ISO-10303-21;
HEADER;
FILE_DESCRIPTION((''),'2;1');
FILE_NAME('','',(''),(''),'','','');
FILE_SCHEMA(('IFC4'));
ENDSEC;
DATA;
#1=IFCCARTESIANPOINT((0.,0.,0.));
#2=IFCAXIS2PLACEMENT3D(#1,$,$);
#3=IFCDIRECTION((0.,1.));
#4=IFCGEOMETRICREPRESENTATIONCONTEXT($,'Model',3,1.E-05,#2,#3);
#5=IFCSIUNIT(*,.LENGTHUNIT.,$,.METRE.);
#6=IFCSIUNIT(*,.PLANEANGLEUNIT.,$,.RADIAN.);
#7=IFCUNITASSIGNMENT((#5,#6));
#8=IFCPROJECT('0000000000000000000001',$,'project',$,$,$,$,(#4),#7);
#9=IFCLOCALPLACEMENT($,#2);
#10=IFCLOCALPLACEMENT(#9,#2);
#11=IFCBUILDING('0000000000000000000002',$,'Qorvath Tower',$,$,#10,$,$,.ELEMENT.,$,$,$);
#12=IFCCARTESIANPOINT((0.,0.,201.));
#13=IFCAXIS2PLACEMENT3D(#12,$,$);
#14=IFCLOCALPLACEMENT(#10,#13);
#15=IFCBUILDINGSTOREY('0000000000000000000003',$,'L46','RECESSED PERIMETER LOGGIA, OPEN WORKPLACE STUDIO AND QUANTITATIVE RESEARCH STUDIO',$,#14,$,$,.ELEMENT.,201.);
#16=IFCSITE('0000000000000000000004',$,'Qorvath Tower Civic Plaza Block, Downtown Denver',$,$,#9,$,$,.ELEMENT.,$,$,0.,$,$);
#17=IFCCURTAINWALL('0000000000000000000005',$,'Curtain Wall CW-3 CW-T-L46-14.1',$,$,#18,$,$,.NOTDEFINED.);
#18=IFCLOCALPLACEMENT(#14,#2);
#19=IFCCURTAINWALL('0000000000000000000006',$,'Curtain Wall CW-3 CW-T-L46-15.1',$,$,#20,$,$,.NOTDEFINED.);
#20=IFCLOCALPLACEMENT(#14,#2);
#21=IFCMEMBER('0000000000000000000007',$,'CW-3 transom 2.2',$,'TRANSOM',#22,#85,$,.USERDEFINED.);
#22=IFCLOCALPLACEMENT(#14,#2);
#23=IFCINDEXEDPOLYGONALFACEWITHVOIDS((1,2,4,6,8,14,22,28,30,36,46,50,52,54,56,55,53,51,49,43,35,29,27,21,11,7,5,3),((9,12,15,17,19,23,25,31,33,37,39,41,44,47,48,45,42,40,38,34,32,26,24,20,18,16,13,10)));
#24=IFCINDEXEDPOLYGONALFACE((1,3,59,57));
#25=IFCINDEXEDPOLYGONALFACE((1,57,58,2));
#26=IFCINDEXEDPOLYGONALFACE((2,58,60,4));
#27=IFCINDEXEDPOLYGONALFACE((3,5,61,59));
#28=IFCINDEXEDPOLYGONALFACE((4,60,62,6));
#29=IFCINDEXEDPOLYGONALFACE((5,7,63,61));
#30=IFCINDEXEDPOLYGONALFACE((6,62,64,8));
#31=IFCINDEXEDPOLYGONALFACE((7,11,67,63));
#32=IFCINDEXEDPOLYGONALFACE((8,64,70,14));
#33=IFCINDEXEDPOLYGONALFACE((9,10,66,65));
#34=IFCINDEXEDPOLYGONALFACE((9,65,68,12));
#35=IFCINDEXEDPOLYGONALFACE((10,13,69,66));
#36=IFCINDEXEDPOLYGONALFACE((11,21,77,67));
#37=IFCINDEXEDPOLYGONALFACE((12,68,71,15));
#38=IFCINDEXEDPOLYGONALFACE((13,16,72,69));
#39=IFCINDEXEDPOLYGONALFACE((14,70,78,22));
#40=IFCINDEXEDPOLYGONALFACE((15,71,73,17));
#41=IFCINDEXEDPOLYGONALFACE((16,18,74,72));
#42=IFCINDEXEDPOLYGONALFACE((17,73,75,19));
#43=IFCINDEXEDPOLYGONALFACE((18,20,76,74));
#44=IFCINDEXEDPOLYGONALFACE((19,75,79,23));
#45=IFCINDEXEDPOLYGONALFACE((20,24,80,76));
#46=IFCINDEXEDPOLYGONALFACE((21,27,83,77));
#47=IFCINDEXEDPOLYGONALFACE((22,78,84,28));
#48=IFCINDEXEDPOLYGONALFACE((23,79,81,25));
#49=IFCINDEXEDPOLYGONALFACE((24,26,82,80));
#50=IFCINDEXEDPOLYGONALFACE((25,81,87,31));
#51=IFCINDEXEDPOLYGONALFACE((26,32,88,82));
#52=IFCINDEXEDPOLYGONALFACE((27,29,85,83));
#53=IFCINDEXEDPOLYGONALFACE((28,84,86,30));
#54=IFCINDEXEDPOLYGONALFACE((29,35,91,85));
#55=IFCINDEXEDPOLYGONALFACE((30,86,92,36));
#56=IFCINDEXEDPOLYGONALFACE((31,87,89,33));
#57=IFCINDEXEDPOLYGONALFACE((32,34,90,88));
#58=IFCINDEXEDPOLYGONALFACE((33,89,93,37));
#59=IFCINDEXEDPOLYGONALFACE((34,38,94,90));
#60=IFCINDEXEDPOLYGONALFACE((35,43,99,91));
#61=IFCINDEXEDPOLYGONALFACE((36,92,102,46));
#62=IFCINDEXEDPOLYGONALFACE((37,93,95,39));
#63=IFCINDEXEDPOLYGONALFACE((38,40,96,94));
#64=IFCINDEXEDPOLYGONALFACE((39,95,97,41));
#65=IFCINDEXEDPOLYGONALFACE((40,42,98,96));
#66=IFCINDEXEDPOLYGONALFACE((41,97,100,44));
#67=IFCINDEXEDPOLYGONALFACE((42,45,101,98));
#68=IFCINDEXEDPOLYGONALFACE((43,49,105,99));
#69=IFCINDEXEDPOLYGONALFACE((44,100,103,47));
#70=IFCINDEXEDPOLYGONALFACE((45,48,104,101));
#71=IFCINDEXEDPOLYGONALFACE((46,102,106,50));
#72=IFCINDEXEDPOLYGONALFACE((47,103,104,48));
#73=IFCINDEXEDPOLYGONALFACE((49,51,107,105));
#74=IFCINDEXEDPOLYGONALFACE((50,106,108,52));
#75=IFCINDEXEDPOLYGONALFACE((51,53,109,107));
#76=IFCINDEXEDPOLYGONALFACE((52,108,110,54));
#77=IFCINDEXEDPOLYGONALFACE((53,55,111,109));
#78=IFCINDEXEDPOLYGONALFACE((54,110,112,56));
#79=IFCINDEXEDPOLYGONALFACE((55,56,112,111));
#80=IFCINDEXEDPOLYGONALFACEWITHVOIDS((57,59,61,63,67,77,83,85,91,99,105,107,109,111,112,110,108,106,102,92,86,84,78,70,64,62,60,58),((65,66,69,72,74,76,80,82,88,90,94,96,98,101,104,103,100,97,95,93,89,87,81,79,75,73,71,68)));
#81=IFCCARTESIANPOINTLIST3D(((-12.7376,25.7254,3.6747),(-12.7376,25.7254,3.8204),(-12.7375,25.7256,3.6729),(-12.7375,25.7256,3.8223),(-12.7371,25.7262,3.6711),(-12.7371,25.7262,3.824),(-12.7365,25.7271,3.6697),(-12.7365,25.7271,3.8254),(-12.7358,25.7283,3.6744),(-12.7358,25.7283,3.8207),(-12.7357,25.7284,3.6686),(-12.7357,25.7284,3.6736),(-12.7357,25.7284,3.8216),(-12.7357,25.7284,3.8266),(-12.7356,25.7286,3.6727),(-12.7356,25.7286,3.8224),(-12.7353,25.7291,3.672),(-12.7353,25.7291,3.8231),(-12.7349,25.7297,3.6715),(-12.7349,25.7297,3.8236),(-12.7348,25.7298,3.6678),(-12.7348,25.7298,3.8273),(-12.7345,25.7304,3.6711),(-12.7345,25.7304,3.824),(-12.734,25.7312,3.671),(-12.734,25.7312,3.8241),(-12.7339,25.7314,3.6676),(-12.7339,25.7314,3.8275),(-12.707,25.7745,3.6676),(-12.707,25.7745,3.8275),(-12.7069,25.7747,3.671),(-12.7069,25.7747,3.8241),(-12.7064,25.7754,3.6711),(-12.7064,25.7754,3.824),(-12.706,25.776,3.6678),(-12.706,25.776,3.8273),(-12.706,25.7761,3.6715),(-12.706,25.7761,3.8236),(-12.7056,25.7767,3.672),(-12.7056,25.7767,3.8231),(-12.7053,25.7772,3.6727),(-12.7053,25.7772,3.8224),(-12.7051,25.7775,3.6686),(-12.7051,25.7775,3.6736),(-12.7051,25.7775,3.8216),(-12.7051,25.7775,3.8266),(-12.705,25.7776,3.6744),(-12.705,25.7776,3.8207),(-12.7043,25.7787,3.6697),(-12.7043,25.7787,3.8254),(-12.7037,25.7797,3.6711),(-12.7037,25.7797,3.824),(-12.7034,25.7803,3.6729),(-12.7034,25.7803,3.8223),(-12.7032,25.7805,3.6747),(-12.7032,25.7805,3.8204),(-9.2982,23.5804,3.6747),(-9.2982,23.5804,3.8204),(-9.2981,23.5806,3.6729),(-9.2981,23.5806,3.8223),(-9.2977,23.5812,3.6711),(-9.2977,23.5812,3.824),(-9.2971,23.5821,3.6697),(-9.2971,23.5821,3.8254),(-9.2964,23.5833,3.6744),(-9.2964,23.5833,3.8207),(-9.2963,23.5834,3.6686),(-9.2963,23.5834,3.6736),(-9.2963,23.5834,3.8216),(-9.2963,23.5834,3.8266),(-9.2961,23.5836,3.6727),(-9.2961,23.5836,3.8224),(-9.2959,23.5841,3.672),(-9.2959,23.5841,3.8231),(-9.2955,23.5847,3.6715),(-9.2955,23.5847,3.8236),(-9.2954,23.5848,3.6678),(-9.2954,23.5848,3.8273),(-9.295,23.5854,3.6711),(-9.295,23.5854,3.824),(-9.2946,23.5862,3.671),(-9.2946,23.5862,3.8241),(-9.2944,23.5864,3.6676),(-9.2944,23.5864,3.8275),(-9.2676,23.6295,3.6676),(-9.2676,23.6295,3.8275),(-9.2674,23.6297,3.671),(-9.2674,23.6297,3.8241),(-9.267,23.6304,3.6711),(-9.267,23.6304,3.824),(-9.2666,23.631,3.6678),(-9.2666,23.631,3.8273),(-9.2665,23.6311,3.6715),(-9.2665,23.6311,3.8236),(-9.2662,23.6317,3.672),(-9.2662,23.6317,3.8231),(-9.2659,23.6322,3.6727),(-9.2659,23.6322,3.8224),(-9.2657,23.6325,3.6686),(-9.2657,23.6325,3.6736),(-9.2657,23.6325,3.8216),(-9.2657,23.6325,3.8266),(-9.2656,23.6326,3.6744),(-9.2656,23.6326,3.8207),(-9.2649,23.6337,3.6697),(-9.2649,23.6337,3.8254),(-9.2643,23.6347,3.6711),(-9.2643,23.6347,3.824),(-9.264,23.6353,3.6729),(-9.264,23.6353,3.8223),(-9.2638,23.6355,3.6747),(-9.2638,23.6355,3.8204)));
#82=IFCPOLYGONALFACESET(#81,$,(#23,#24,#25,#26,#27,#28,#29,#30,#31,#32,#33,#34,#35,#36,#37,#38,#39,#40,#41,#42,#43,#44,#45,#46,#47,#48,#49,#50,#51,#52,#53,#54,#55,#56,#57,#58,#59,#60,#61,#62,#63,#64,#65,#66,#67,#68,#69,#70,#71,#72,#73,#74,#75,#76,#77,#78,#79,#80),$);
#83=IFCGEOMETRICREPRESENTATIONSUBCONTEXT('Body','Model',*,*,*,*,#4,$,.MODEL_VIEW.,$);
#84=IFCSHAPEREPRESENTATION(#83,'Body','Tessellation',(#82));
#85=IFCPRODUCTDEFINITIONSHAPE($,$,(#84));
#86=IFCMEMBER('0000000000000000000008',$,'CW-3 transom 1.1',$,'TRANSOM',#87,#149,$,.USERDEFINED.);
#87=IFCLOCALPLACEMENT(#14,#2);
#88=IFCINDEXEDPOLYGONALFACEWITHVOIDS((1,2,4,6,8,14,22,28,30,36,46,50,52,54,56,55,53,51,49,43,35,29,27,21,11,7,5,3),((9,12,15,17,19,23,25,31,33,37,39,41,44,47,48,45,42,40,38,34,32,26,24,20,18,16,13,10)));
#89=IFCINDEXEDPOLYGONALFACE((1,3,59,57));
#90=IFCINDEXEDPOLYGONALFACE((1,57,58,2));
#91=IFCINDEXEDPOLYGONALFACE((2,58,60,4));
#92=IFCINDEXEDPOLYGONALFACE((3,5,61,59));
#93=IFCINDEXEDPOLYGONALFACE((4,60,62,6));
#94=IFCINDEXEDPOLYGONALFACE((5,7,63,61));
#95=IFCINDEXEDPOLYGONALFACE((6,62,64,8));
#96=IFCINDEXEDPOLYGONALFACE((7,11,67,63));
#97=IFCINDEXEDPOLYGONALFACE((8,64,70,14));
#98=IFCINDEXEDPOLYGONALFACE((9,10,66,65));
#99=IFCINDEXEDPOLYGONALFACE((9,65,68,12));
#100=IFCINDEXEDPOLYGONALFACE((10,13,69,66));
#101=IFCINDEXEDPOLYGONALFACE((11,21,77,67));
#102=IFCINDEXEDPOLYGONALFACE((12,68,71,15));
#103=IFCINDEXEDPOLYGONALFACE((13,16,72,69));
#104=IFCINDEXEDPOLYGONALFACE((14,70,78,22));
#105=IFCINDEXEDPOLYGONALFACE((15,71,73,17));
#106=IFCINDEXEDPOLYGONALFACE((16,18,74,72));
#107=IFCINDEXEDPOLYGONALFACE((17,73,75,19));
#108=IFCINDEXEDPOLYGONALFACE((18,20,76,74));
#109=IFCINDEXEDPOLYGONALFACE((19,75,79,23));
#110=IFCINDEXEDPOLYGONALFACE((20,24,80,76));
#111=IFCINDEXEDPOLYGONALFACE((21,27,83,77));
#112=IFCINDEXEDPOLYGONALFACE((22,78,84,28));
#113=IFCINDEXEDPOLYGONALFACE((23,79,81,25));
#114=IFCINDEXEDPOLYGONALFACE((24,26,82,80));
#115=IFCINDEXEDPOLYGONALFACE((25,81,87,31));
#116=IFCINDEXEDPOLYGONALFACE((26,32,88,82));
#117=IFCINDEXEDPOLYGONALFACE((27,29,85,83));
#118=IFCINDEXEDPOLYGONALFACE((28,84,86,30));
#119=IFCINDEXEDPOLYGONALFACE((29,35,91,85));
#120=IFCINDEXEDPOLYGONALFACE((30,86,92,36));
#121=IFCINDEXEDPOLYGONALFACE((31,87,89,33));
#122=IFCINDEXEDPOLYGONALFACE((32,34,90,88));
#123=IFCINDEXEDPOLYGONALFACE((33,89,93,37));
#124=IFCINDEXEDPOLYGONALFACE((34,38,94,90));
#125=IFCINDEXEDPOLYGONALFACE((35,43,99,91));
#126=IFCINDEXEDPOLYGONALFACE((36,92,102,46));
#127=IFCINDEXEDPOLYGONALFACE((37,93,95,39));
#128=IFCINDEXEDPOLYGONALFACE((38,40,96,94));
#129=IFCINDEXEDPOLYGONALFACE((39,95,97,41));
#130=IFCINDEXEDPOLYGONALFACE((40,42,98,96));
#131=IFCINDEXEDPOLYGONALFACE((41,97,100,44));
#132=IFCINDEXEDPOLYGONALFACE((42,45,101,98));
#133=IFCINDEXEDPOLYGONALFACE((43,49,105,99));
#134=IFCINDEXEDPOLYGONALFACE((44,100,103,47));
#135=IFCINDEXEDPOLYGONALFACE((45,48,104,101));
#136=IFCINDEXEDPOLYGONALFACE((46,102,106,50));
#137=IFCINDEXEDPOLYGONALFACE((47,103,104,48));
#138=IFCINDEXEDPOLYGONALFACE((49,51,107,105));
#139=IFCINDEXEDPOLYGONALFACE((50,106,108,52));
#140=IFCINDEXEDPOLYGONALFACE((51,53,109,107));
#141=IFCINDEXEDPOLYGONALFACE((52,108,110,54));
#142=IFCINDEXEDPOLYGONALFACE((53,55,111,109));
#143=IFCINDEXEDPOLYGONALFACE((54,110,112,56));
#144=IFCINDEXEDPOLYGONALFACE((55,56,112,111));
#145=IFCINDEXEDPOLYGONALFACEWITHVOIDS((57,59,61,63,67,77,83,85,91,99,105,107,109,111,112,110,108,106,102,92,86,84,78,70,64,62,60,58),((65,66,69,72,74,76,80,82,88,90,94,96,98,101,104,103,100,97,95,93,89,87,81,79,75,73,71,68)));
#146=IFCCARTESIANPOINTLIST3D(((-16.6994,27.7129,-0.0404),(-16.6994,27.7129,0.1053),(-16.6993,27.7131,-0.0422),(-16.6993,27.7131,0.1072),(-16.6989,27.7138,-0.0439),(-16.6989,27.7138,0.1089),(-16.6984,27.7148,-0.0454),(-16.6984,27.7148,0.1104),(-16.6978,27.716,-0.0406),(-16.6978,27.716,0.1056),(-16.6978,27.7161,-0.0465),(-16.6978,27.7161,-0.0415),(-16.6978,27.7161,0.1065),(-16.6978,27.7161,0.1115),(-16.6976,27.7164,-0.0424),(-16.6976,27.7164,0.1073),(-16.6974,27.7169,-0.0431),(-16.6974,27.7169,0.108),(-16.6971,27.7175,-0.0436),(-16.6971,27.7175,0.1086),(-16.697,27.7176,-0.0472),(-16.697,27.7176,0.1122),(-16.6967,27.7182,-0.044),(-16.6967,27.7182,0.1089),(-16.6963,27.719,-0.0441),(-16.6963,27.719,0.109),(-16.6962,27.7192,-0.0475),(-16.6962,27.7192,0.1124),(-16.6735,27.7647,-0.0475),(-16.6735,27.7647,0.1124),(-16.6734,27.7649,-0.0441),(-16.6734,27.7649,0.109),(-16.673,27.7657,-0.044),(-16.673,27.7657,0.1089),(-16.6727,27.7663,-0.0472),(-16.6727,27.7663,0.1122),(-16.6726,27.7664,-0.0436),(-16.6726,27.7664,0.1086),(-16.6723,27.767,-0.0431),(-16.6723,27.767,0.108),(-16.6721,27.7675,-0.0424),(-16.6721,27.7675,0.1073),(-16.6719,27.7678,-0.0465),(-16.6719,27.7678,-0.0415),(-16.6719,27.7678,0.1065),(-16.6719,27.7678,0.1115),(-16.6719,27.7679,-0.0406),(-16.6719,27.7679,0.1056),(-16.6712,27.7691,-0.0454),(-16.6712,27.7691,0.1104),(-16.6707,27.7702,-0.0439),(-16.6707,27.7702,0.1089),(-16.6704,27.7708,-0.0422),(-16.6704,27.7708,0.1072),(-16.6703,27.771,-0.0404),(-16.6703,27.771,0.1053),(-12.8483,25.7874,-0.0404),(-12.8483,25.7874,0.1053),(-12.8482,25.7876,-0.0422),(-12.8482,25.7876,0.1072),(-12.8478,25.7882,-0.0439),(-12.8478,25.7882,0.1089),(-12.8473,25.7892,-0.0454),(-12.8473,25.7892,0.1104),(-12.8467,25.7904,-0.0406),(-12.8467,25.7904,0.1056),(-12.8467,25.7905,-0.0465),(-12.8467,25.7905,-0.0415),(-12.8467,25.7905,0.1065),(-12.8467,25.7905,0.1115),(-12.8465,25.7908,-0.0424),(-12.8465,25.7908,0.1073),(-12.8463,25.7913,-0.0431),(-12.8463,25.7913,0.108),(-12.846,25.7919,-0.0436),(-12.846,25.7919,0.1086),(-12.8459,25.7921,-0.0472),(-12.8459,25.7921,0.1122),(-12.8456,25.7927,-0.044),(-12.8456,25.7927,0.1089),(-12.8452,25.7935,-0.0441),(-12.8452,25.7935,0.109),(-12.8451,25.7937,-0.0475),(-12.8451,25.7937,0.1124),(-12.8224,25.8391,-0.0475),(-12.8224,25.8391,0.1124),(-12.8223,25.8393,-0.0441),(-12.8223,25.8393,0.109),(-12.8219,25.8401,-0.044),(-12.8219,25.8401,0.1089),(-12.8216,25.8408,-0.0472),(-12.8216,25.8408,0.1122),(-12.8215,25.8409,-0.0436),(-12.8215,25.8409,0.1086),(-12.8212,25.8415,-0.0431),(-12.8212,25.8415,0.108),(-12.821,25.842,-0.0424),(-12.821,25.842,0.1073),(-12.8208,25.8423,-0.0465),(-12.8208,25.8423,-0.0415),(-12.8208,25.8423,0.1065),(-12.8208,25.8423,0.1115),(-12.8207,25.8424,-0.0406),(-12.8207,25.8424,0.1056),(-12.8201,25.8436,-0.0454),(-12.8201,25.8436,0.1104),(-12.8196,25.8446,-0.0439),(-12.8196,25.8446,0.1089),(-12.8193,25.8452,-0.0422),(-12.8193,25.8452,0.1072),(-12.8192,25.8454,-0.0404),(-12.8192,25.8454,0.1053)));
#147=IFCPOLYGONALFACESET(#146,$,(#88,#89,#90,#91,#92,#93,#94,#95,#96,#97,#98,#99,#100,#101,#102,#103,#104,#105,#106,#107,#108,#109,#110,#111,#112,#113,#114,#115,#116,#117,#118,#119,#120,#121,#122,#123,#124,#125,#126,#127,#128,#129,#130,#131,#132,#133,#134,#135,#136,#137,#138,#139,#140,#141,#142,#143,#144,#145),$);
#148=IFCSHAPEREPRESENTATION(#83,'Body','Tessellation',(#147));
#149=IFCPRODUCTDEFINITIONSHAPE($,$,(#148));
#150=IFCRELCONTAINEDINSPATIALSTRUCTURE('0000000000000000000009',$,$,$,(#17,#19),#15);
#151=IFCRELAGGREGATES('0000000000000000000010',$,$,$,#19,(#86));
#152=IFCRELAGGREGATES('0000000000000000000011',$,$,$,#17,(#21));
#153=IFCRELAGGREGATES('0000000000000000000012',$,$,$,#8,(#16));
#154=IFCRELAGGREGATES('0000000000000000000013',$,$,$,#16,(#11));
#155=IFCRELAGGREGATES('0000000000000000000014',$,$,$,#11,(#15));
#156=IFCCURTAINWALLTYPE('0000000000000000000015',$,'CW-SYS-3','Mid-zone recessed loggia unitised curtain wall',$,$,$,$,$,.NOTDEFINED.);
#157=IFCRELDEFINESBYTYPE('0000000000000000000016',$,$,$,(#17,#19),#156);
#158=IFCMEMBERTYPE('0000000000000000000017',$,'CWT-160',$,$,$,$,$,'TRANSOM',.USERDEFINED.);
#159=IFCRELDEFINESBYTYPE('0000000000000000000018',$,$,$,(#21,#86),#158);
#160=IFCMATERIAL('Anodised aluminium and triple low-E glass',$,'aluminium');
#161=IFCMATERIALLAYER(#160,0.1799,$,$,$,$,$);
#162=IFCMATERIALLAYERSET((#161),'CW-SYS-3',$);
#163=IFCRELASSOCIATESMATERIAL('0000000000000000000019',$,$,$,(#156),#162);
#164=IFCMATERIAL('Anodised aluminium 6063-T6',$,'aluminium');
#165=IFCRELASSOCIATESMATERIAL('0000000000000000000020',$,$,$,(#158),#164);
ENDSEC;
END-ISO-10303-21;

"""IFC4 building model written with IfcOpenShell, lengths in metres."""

from ifc_helpers import new_model, si_unit, direction, frame, origin, origin_2d, place, context, subcontext, project, spatial, hollow_rectangle, extrude, material, layer, layer_set, material_profile, profile_set, type_object, element, aggregate, save


model = new_model("IFC4")

# Units and contexts
model_context = context("Model", 3, precision=1e-05, world=origin(), true_north=direction((0.0, 1.0)))
body_context = subcontext(model_context, "Body", "Model", "MODEL_VIEW")
ifc_project = project(units=[si_unit("LENGTHUNIT", "METRE"), si_unit("PLANEANGLEUNIT", "RADIAN")], contexts=[model_context])

# Site, building, storey
site_placement = place(None, origin())
site = spatial("IfcSite", under=ifc_project, at=site_placement, Name="Qorvath Tower Civic Plaza Block, Downtown Denver", CompositionType="ELEMENT", RefElevation=0.0)
building_placement = place(site_placement, origin())
building = spatial("IfcBuilding", under=site, at=building_placement, Name="Qorvath Tower", CompositionType="ELEMENT")
storey_placement = place(building_placement, frame((0.0, 0.0, 201.0)))
storey = spatial("IfcBuildingStorey", under=building, at=storey_placement, Name="L46", Description="RECESSED PERIMETER LOGGIA, OPEN WORKPLACE STUDIO AND QUANTITATIVE RESEARCH STUDIO", CompositionType="ELEMENT", Elevation=201.0)

# Shared definitions
ifc_material_1 = material(Name="Anodised aluminium and triple low-E glass", Category="aluminium")
ifc_layer_1 = layer(ifc_material_1, 0.1799)
ifc_layer_set_1 = layer_set([ifc_layer_1], Name="CW-SYS-3")
curtain_wall_type = type_object("IfcCurtainWallType", Name="CW-SYS-3", Description="Mid-zone recessed loggia unitised curtain wall", PredefinedType="NOTDEFINED", material=ifc_layer_set_1)

# Curtain wall
curtain_wall_1_placement = place(storey_placement, origin())
curtain_wall_1 = element("IfcCurtainWall", 1, at=curtain_wall_1_placement, inside=storey, type_object=curtain_wall_type, Name="Curtain Wall CW-3 CW-T-L46-14.1", PredefinedType="NOTDEFINED")

# Curtain wall
curtain_wall_2_placement = place(storey_placement, origin())
curtain_wall_2 = element("IfcCurtainWall", 2, at=curtain_wall_2_placement, inside=storey, type_object=curtain_wall_type, Name="Curtain Wall CW-3 CW-T-L46-15.1", PredefinedType="NOTDEFINED")

# Members
ifc_material_2 = material(Name="Anodised aluminium 6063-T6", Category="aluminium")
ifc_material_profile_1 = material_profile(ifc_material_2, hollow_rectangle(XDim=0.0649, YDim=0.1599, WallThickness=0.0034, InnerFilletRadius=0.0034, OuterFilletRadius=0.0071, at=origin_2d()), Name="CWT 160x65")
ifc_profile_set_1 = profile_set([ifc_material_profile_1], Name="Anodised aluminium 6063-T6")
member_type_1 = type_object("IfcMemberType", Name="CWT-160", ElementType="TRANSOM", PredefinedType="USERDEFINED", material=ifc_profile_set_1)
member_1_placement = place(storey_placement, frame((-9.281, 23.6079, 3.7476), z_axis=(-0.848512, 0.529176, 0.0), x_axis=(-0.529176, -0.848512, 0.0)))
member_1 = element("IfcMember", 3, at=member_1_placement, type_object=member_type_1, Name="CW-3 transom 2.2", ObjectType="TRANSOM", PredefinedType="USERDEFINED", context=body_context, shape_type="SweptSolid", body=[
    extrude(hollow_rectangle(XDim=0.0649, YDim=0.1599, WallThickness=0.0034, InnerFilletRadius=0.0034, OuterFilletRadius=0.0071, at=origin_2d()), origin(), (0.0, 0.0, 1.0), 4.0535),
])
member_2_placement = place(storey_placement, frame((-12.8337, 25.8164, 0.0325), z_axis=(-0.894427, 0.447214, 0.0), x_axis=(-0.447214, -0.894427, 0.0)))
member_2 = element("IfcMember", 4, at=member_2_placement, type_object=member_type_1, Name="CW-3 transom 1.1", ObjectType="TRANSOM", PredefinedType="USERDEFINED", context=body_context, shape_type="SweptSolid", body=[
    extrude(hollow_rectangle(XDim=0.0649, YDim=0.1599, WallThickness=0.0034, InnerFilletRadius=0.0034, OuterFilletRadius=0.0071, at=origin_2d()), origin(), (0.0, 0.0, 1.0), 4.3057),
])
aggregate(curtain_wall_2, [member_2])

aggregate(curtain_wall_1, [member_1])

save(model, "model.ifc")
